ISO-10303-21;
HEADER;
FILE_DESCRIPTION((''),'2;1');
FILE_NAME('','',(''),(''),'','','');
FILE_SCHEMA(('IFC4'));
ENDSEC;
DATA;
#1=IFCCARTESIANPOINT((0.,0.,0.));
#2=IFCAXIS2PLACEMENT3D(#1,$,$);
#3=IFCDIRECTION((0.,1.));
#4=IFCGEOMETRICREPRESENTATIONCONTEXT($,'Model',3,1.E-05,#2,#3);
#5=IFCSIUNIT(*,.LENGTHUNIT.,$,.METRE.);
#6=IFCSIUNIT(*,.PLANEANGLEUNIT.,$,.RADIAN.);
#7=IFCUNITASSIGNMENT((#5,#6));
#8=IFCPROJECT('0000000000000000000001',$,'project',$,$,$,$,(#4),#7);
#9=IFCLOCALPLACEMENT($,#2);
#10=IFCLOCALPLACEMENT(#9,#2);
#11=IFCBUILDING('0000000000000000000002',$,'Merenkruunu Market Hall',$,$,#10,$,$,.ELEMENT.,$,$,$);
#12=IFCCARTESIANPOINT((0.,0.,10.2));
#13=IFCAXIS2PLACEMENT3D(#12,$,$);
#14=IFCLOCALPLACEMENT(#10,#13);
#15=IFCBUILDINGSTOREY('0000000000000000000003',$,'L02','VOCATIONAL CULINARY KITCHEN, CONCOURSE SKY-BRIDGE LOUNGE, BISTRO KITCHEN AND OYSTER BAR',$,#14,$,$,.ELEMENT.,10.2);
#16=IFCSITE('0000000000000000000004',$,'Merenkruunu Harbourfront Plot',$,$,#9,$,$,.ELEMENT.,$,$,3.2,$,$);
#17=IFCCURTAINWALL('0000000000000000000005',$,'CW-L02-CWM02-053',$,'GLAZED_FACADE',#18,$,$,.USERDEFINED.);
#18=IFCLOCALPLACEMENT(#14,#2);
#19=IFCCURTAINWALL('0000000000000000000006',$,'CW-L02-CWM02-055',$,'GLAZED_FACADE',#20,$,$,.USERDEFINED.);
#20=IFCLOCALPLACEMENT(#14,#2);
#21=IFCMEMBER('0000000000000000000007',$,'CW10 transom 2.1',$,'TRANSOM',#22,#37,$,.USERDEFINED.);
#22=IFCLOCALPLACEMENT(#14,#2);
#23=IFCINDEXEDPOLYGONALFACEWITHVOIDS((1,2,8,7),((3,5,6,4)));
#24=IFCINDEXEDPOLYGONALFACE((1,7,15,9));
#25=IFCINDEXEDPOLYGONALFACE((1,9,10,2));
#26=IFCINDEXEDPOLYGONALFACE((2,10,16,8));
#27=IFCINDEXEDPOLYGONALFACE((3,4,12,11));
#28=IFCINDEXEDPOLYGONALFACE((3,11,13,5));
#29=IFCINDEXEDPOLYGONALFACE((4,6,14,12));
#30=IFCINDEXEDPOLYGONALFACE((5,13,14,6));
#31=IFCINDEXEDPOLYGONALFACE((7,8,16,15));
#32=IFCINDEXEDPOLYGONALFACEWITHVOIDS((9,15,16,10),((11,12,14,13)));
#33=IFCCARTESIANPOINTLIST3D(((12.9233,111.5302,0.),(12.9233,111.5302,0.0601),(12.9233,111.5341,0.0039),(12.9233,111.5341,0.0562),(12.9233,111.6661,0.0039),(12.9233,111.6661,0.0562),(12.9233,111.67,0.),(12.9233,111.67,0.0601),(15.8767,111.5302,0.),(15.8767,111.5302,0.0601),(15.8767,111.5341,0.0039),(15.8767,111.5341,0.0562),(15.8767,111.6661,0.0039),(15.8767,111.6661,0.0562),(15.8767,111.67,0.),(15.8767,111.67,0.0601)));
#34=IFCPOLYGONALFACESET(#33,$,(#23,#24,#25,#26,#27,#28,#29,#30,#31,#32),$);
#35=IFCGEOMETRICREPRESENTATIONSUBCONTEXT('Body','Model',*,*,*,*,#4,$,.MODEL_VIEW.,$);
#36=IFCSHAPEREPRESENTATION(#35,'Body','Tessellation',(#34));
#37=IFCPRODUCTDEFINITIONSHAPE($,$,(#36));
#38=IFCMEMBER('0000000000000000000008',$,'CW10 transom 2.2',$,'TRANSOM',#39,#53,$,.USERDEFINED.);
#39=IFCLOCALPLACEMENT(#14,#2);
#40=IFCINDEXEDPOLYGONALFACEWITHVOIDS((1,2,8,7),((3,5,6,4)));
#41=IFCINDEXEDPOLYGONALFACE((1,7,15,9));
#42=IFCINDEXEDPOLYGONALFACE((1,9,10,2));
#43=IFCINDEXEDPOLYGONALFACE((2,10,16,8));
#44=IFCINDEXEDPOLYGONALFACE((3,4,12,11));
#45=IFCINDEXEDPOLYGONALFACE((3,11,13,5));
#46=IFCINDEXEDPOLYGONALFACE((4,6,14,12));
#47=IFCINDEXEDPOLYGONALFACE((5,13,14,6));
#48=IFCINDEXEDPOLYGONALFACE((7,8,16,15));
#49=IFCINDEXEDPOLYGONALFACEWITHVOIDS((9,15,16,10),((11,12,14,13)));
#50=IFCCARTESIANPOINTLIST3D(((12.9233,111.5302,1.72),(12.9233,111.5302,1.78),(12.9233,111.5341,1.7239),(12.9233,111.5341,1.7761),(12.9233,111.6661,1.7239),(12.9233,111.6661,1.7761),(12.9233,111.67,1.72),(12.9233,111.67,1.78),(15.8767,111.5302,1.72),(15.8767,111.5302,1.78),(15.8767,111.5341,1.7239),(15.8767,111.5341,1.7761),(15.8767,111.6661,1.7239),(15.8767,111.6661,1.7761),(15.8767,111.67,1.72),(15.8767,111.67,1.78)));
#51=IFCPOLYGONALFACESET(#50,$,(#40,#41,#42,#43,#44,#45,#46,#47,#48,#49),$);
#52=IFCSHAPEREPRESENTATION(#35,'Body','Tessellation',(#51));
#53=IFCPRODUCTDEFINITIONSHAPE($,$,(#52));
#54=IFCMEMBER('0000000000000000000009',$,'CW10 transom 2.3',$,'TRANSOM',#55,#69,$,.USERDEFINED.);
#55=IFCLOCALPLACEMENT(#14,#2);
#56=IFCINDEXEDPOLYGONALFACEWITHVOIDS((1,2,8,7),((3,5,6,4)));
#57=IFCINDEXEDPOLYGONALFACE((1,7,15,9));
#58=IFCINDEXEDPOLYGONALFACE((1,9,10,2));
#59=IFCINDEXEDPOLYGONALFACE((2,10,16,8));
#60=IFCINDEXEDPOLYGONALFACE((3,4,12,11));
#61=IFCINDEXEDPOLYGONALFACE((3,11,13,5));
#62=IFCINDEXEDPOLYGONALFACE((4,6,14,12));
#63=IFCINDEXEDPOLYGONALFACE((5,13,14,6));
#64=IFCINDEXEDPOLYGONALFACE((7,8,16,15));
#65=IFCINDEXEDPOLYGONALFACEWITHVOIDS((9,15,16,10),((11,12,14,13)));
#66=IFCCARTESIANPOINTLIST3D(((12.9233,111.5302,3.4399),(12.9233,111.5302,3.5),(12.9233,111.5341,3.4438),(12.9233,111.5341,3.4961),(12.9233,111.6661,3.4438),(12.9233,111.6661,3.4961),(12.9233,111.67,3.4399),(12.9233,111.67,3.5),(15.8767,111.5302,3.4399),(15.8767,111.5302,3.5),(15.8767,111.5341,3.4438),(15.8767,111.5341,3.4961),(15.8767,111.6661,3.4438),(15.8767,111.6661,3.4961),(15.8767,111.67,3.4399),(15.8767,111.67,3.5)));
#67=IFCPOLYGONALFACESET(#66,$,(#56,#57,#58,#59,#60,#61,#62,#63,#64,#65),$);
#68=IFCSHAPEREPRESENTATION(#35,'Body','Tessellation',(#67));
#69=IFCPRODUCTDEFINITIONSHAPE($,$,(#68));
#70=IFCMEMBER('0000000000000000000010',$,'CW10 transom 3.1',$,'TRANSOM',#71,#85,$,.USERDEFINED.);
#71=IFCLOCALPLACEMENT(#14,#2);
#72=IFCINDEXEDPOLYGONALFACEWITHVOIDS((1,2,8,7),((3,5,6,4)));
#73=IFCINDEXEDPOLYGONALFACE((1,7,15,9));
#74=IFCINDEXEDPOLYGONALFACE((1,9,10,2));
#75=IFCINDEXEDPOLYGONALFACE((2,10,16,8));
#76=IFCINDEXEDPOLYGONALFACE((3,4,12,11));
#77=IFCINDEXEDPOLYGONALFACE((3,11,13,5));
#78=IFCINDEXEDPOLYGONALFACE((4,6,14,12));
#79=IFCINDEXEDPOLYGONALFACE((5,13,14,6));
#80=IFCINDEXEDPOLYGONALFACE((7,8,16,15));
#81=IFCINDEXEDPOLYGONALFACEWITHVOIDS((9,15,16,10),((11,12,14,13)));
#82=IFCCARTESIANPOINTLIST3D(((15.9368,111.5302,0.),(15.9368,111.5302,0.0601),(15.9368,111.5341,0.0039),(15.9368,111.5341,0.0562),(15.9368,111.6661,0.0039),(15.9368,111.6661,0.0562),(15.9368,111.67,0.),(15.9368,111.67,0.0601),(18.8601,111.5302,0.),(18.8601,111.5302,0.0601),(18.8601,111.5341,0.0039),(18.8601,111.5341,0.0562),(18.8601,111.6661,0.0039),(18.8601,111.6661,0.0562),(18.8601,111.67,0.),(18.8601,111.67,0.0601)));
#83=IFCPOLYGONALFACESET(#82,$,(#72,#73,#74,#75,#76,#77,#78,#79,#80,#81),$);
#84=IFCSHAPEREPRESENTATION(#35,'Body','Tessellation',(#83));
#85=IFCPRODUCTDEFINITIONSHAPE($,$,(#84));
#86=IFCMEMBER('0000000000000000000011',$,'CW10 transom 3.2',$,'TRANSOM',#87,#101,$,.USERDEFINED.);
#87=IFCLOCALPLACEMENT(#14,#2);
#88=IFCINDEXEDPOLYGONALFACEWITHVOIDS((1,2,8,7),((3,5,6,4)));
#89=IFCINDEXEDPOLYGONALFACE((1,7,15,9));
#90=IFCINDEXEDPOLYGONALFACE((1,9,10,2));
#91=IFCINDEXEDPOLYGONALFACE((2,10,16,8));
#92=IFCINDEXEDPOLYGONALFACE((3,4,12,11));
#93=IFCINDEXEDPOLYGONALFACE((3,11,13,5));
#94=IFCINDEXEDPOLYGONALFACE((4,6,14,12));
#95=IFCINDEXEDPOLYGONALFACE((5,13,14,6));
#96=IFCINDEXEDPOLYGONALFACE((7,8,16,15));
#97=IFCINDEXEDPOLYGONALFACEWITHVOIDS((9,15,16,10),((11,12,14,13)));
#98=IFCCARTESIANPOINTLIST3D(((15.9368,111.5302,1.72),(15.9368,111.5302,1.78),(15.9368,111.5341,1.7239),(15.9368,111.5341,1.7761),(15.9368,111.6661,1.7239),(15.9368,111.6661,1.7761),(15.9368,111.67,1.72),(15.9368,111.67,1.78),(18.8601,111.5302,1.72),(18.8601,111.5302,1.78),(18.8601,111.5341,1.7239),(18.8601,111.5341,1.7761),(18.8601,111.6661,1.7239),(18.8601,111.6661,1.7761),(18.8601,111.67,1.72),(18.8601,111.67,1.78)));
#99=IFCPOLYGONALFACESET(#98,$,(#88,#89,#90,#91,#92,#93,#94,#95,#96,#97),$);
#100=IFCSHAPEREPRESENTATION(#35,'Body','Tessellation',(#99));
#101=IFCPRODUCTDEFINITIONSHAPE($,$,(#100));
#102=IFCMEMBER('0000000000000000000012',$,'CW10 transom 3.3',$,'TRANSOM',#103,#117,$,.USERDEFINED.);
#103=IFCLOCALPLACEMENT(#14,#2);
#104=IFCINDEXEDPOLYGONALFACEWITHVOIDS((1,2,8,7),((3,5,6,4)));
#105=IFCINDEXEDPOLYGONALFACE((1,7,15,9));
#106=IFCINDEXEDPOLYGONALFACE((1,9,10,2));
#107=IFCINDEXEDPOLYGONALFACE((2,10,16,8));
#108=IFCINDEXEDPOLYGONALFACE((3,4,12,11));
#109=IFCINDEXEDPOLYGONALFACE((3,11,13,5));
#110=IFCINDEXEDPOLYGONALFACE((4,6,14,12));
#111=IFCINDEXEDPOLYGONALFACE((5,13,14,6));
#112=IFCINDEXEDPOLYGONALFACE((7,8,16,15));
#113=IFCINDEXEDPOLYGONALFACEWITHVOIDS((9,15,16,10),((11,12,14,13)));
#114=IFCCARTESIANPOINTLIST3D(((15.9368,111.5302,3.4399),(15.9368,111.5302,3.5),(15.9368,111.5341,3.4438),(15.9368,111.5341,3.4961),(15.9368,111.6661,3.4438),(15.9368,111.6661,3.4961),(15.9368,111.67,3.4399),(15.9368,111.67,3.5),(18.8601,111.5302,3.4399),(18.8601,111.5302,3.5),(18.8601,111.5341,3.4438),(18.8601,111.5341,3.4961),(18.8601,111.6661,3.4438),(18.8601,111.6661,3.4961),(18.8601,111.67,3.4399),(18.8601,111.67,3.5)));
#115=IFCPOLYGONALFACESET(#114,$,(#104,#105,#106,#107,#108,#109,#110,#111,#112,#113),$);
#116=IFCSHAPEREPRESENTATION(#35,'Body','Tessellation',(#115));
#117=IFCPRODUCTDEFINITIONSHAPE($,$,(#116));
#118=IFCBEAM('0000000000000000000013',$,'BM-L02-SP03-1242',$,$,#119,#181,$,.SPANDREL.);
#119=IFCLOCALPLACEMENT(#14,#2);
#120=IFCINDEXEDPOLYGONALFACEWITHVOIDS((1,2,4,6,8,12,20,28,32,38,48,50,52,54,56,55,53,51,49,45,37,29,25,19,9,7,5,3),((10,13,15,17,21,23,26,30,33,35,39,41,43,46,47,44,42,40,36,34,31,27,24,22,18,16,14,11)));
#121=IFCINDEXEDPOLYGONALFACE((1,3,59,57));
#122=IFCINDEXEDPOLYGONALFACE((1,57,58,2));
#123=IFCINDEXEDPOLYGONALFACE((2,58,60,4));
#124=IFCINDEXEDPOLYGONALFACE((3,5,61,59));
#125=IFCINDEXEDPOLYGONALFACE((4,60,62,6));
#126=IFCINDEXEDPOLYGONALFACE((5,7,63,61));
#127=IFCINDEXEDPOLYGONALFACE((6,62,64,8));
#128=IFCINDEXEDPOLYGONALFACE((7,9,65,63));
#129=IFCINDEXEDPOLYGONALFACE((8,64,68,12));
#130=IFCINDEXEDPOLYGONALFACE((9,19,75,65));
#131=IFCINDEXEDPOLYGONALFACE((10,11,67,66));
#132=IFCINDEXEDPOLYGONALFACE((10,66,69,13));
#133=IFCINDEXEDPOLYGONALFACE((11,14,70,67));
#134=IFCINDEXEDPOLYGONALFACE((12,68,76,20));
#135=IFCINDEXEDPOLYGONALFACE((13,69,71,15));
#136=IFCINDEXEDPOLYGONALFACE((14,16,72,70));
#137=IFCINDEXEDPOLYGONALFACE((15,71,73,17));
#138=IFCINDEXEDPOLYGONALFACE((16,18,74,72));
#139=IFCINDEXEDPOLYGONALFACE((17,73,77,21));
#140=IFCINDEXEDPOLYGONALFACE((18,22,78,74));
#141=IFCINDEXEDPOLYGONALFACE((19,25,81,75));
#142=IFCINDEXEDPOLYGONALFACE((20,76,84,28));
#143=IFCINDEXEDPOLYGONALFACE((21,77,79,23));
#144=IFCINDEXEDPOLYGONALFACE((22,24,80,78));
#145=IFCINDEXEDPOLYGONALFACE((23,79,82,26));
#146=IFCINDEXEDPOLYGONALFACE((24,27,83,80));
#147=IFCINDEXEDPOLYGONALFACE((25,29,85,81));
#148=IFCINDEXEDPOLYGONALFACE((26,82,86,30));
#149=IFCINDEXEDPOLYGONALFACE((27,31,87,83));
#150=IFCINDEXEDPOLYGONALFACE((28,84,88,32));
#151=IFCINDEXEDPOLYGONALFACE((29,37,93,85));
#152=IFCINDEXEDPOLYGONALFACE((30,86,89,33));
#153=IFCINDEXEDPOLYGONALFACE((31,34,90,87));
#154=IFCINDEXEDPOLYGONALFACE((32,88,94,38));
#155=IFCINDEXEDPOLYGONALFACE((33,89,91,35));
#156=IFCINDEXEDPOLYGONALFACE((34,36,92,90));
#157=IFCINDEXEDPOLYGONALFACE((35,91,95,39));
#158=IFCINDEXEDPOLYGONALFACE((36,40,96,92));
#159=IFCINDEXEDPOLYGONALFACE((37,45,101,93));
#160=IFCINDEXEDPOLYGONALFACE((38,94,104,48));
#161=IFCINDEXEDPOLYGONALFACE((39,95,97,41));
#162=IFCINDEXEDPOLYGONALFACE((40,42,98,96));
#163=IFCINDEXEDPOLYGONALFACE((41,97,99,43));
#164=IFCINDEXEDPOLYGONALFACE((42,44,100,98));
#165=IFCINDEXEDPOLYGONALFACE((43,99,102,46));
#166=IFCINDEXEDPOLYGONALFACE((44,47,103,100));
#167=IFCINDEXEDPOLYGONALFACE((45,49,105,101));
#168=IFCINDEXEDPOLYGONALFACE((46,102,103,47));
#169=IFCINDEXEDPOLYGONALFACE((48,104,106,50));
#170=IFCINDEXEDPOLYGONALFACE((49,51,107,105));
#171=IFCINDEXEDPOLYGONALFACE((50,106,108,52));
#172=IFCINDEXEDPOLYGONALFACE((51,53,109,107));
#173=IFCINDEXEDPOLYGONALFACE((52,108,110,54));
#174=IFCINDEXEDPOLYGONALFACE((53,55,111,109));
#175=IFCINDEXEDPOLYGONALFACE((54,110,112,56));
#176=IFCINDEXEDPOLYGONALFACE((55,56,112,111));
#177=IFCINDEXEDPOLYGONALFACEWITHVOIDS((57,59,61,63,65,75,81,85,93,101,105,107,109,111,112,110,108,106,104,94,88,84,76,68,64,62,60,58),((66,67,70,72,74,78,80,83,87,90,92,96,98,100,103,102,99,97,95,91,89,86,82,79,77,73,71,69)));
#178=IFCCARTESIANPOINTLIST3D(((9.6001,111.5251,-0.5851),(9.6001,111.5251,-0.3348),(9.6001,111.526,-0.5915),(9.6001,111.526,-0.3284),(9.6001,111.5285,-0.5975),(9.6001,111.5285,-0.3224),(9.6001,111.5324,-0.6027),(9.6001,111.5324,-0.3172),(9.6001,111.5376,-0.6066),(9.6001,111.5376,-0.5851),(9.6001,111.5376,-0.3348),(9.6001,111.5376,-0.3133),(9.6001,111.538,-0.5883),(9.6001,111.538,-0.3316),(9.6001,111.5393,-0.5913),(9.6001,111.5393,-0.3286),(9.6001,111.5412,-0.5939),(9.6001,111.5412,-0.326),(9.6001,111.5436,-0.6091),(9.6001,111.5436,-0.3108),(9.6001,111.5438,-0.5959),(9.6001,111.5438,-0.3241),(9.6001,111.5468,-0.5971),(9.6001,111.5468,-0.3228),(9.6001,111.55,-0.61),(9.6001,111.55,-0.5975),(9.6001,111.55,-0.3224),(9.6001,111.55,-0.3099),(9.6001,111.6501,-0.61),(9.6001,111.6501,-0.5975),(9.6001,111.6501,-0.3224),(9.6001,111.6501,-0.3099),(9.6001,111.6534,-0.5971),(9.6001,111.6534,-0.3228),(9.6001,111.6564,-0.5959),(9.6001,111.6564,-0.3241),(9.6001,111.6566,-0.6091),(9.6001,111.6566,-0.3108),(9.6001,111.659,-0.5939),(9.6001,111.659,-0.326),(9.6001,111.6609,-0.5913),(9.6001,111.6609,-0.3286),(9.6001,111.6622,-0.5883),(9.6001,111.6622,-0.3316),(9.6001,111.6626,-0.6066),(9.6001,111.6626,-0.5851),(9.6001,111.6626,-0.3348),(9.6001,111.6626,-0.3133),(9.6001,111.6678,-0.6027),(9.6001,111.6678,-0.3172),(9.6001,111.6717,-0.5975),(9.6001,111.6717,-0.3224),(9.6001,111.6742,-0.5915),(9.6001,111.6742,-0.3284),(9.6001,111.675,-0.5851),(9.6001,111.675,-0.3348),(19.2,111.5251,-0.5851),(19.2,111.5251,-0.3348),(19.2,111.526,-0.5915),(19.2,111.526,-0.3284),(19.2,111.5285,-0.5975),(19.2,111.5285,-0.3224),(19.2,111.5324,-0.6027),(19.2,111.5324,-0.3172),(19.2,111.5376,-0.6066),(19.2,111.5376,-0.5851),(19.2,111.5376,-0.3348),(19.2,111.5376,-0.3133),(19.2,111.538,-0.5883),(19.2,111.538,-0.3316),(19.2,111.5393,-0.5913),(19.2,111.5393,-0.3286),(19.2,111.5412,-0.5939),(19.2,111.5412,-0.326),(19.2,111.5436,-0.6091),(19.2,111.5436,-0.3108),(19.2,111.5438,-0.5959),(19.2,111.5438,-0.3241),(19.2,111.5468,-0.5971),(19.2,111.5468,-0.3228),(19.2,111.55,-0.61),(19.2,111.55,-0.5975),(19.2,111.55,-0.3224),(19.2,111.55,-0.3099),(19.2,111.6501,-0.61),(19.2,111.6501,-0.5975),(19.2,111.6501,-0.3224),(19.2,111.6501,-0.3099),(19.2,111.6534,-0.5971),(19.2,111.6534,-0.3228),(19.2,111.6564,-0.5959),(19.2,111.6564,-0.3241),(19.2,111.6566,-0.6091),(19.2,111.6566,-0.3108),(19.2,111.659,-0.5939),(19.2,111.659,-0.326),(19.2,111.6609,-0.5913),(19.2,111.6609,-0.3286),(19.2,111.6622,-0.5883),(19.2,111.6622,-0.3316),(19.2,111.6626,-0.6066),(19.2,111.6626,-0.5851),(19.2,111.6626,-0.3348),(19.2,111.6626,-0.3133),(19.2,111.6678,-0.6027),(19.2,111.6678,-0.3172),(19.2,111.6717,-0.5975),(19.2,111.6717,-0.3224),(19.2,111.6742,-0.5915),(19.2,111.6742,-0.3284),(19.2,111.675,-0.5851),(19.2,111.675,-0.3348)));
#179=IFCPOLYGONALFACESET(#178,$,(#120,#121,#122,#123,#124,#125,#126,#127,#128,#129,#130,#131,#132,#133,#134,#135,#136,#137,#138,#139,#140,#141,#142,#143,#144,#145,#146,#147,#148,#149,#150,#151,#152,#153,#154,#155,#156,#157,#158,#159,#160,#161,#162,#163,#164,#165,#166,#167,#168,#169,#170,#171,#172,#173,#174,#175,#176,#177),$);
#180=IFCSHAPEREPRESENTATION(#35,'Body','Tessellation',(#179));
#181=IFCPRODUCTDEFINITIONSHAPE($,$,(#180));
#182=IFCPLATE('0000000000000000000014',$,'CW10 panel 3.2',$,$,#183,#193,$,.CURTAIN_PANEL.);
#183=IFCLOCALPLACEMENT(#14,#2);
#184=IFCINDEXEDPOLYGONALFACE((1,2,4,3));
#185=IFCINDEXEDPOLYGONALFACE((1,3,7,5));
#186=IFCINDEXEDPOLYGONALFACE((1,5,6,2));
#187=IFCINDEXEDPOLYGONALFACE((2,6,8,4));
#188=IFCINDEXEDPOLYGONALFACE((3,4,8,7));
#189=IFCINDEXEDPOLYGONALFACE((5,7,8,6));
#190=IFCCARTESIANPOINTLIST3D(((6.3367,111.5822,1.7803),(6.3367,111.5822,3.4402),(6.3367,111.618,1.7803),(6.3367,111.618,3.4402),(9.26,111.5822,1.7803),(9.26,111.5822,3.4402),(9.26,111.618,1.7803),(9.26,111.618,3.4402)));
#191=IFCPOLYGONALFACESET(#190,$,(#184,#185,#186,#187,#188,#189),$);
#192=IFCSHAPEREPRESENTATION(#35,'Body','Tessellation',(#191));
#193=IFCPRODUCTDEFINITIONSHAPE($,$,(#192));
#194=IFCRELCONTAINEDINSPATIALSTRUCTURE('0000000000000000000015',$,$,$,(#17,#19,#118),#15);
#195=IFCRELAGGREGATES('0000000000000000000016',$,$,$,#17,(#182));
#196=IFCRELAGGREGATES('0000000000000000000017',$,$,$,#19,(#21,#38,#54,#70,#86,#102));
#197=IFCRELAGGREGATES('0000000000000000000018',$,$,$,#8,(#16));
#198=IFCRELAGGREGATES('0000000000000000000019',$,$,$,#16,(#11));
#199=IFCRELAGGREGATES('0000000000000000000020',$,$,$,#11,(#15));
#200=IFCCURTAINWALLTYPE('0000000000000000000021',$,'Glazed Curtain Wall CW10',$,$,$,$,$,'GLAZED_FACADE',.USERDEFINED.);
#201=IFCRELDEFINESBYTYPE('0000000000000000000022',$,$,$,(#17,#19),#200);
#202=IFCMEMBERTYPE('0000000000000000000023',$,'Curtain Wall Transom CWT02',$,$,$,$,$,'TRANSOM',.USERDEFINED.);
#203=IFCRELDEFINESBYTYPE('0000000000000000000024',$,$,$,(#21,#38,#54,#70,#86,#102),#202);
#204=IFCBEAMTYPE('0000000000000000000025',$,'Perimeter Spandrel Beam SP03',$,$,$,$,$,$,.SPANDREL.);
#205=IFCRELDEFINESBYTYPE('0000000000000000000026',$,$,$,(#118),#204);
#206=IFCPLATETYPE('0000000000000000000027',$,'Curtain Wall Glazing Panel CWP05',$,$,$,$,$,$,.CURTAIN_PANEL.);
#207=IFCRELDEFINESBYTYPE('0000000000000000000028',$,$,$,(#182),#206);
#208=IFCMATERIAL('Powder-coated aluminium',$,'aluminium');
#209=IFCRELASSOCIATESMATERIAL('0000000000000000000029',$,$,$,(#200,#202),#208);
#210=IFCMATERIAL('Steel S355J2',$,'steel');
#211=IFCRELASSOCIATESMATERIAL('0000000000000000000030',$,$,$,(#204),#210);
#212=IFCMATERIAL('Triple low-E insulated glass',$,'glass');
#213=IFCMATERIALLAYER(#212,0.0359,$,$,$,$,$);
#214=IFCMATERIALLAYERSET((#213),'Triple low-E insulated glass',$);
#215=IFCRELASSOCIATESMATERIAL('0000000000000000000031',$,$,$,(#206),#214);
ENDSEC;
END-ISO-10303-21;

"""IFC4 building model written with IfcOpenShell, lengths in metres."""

from ifc_helpers import new_model, si_unit, direction, frame, origin, origin_2d, place, context, subcontext, project, spatial, rectangle, hollow_rectangle, extrude, material, layer, layer_set, material_profile, profile_set, type_object, element, aggregate, save


model = new_model("IFC4")

# Units and contexts
model_context = context("Model", 3, precision=1e-05, world=origin(), true_north=direction((0.0, 1.0)))
body_context = subcontext(model_context, "Body", "Model", "MODEL_VIEW")
ifc_project = project(units=[si_unit("LENGTHUNIT", "METRE"), si_unit("PLANEANGLEUNIT", "RADIAN")], contexts=[model_context])

# Site, building, storey
site_placement = place(None, origin())
site = spatial("IfcSite", under=ifc_project, at=site_placement, Name="Merenkruunu Harbourfront Plot", CompositionType="ELEMENT", RefElevation=3.2)
building_placement = place(site_placement, origin())
building = spatial("IfcBuilding", under=site, at=building_placement, Name="Merenkruunu Market Hall", CompositionType="ELEMENT")
storey_placement = place(building_placement, frame((0.0, 0.0, 10.2)))
storey = spatial("IfcBuildingStorey", under=building, at=storey_placement, Name="L02", Description="VOCATIONAL CULINARY KITCHEN, CONCOURSE SKY-BRIDGE LOUNGE, BISTRO KITCHEN AND OYSTER BAR", CompositionType="ELEMENT", Elevation=10.2)

# Shared definitions
ifc_material_1 = material(Name="Steel S355J2", Category="steel")

# Curtain wall
ifc_material_2 = material(Name="Powder-coated aluminium", Category="aluminium")
curtain_wall_type = type_object("IfcCurtainWallType", Name="Glazed Curtain Wall CW10", ElementType="GLAZED_FACADE", PredefinedType="USERDEFINED", material=ifc_material_2)
curtain_wall_1_placement = place(storey_placement, origin())
curtain_wall_1 = element("IfcCurtainWall", 1, at=curtain_wall_1_placement, inside=storey, type_object=curtain_wall_type, Name="CW-L02-CWM02-053", ObjectType="GLAZED_FACADE", PredefinedType="USERDEFINED")

# Curtain wall, members
curtain_wall_2_placement = place(storey_placement, origin())
curtain_wall_2 = element("IfcCurtainWall", 2, at=curtain_wall_2_placement, inside=storey, type_object=curtain_wall_type, Name="CW-L02-CWM02-055", ObjectType="GLAZED_FACADE", PredefinedType="USERDEFINED")
ifc_material_profile_1 = material_profile(ifc_material_2, hollow_rectangle(XDim=0.0601, YDim=0.1399, WallThickness=0.0039, at=origin_2d()), Name="ALU 60x140x4")
ifc_profile_set_1 = profile_set([ifc_material_profile_1], Name="Powder-coated aluminium")
member_type_1 = type_object("IfcMemberType", Name="Curtain Wall Transom CWT02", ElementType="TRANSOM", PredefinedType="USERDEFINED", material=ifc_profile_set_1)
member_1_placement = place(storey_placement, frame((12.9233, 111.6001, 0.03), z_axis=(1.0, 0.0, 0.0), x_axis=(0.0, 0.0, 1.0)))
member_1 = element("IfcMember", 3, at=member_1_placement, type_object=member_type_1, Name="CW10 transom 2.1", ObjectType="TRANSOM", PredefinedType="USERDEFINED", context=body_context, shape_type="SweptSolid", body=[
    extrude(hollow_rectangle(XDim=0.0601, YDim=0.1399, WallThickness=0.0039, at=origin_2d()), origin(), (0.0, 0.0, 1.0), 2.9534),
])
member_2_placement = place(storey_placement, frame((12.9233, 111.6001, 1.75), z_axis=(1.0, 0.0, 0.0), x_axis=(0.0, 0.0, 1.0)))
member_2 = element("IfcMember", 4, at=member_2_placement, type_object=member_type_1, Name="CW10 transom 2.2", ObjectType="TRANSOM", PredefinedType="USERDEFINED", context=body_context, shape_type="SweptSolid", body=[
    extrude(hollow_rectangle(XDim=0.0601, YDim=0.1399, WallThickness=0.0039, at=origin_2d()), origin(), (0.0, 0.0, 1.0), 2.9534),
])
member_3_placement = place(storey_placement, frame((12.9233, 111.6001, 3.47), z_axis=(1.0, 0.0, 0.0), x_axis=(0.0, 0.0, 1.0)))
member_3 = element("IfcMember", 5, at=member_3_placement, type_object=member_type_1, Name="CW10 transom 2.3", ObjectType="TRANSOM", PredefinedType="USERDEFINED", context=body_context, shape_type="SweptSolid", body=[
    extrude(hollow_rectangle(XDim=0.0601, YDim=0.1399, WallThickness=0.0039, at=origin_2d()), origin(), (0.0, 0.0, 1.0), 2.9534),
])
member_4_placement = place(storey_placement, frame((15.9368, 111.6001, 0.03), z_axis=(1.0, 0.0, 0.0), x_axis=(0.0, 0.0, 1.0)))
member_4 = element("IfcMember", 6, at=member_4_placement, type_object=member_type_1, Name="CW10 transom 3.1", ObjectType="TRANSOM", PredefinedType="USERDEFINED", context=body_context, shape_type="SweptSolid", body=[
    extrude(hollow_rectangle(XDim=0.0601, YDim=0.1399, WallThickness=0.0039, at=origin_2d()), origin(), (0.0, 0.0, 1.0), 2.9233),
])
member_5_placement = place(storey_placement, frame((15.9368, 111.6001, 1.75), z_axis=(1.0, 0.0, 0.0), x_axis=(0.0, 0.0, 1.0)))
member_5 = element("IfcMember", 7, at=member_5_placement, type_object=member_type_1, Name="CW10 transom 3.2", ObjectType="TRANSOM", PredefinedType="USERDEFINED", context=body_context, shape_type="SweptSolid", body=[
    extrude(hollow_rectangle(XDim=0.0601, YDim=0.1399, WallThickness=0.0039, at=origin_2d()), origin(), (0.0, 0.0, 1.0), 2.9233),
])
member_6_placement = place(storey_placement, frame((15.9368, 111.6001, 3.47), z_axis=(1.0, 0.0, 0.0), x_axis=(0.0, 0.0, 1.0)))
member_6 = element("IfcMember", 8, at=member_6_placement, type_object=member_type_1, Name="CW10 transom 3.3", ObjectType="TRANSOM", PredefinedType="USERDEFINED", context=body_context, shape_type="SweptSolid", body=[
    extrude(hollow_rectangle(XDim=0.0601, YDim=0.1399, WallThickness=0.0039, at=origin_2d()), origin(), (0.0, 0.0, 1.0), 2.9233),
])

# Beam
ifc_material_profile_2 = material_profile(ifc_material_1, hollow_rectangle(XDim=0.1499, YDim=0.3, WallThickness=0.0125, InnerFilletRadius=0.0125, OuterFilletRadius=0.0249, at=origin_2d()), Name="RHS 300x150x12.5")
ifc_profile_set_2 = profile_set([ifc_material_profile_2], Name="Steel S355J2")
beam_type = type_object("IfcBeamType", Name="Perimeter Spandrel Beam SP03", PredefinedType="SPANDREL", material=ifc_profile_set_2)
beam_placement = place(storey_placement, frame((9.6001, 111.6001, -0.46), z_axis=(1.0, 0.0, 0.0), x_axis=(0.0, 1.0, 0.0)))
element("IfcBeam", 9, at=beam_placement, inside=storey, type_object=beam_type, Name="BM-L02-SP03-1242", PredefinedType="SPANDREL", context=body_context, shape_type="SweptSolid", body=[
    extrude(hollow_rectangle(XDim=0.1499, YDim=0.3, WallThickness=0.0125, InnerFilletRadius=0.0125, OuterFilletRadius=0.0249, at=origin_2d()), origin(), (0.0, 0.0, 1.0), 9.5999),
])

# Plate
ifc_material_3 = material(Name="Triple low-E insulated glass", Category="glass")
ifc_layer_1 = layer(ifc_material_3, 0.0359)
ifc_layer_set_1 = layer_set([ifc_layer_1], Name="Triple low-E insulated glass")
plate_type = type_object("IfcPlateType", Name="Curtain Wall Glazing Panel CWP05", PredefinedType="CURTAIN_PANEL", material=ifc_layer_set_1)
plate_1_placement = place(storey_placement, frame((7.7983, 111.6001, 1.7803), z_axis=(0.0, 0.0, 1.0), x_axis=(1.0, 0.0, 0.0)))
plate_1 = element("IfcPlate", 10, at=plate_1_placement, type_object=plate_type, Name="CW10 panel 3.2", PredefinedType="CURTAIN_PANEL", context=body_context, shape_type="SweptSolid", body=[
    extrude(rectangle(XDim=2.9233, YDim=0.0359, at=origin_2d()), origin(), (0.0, 0.0, 1.0), 1.6599),
])
aggregate(curtain_wall_1, [plate_1])
aggregate(curtain_wall_2, [member_1, member_2, member_3, member_4, member_5, member_6])

save(model, "model.ifc")
